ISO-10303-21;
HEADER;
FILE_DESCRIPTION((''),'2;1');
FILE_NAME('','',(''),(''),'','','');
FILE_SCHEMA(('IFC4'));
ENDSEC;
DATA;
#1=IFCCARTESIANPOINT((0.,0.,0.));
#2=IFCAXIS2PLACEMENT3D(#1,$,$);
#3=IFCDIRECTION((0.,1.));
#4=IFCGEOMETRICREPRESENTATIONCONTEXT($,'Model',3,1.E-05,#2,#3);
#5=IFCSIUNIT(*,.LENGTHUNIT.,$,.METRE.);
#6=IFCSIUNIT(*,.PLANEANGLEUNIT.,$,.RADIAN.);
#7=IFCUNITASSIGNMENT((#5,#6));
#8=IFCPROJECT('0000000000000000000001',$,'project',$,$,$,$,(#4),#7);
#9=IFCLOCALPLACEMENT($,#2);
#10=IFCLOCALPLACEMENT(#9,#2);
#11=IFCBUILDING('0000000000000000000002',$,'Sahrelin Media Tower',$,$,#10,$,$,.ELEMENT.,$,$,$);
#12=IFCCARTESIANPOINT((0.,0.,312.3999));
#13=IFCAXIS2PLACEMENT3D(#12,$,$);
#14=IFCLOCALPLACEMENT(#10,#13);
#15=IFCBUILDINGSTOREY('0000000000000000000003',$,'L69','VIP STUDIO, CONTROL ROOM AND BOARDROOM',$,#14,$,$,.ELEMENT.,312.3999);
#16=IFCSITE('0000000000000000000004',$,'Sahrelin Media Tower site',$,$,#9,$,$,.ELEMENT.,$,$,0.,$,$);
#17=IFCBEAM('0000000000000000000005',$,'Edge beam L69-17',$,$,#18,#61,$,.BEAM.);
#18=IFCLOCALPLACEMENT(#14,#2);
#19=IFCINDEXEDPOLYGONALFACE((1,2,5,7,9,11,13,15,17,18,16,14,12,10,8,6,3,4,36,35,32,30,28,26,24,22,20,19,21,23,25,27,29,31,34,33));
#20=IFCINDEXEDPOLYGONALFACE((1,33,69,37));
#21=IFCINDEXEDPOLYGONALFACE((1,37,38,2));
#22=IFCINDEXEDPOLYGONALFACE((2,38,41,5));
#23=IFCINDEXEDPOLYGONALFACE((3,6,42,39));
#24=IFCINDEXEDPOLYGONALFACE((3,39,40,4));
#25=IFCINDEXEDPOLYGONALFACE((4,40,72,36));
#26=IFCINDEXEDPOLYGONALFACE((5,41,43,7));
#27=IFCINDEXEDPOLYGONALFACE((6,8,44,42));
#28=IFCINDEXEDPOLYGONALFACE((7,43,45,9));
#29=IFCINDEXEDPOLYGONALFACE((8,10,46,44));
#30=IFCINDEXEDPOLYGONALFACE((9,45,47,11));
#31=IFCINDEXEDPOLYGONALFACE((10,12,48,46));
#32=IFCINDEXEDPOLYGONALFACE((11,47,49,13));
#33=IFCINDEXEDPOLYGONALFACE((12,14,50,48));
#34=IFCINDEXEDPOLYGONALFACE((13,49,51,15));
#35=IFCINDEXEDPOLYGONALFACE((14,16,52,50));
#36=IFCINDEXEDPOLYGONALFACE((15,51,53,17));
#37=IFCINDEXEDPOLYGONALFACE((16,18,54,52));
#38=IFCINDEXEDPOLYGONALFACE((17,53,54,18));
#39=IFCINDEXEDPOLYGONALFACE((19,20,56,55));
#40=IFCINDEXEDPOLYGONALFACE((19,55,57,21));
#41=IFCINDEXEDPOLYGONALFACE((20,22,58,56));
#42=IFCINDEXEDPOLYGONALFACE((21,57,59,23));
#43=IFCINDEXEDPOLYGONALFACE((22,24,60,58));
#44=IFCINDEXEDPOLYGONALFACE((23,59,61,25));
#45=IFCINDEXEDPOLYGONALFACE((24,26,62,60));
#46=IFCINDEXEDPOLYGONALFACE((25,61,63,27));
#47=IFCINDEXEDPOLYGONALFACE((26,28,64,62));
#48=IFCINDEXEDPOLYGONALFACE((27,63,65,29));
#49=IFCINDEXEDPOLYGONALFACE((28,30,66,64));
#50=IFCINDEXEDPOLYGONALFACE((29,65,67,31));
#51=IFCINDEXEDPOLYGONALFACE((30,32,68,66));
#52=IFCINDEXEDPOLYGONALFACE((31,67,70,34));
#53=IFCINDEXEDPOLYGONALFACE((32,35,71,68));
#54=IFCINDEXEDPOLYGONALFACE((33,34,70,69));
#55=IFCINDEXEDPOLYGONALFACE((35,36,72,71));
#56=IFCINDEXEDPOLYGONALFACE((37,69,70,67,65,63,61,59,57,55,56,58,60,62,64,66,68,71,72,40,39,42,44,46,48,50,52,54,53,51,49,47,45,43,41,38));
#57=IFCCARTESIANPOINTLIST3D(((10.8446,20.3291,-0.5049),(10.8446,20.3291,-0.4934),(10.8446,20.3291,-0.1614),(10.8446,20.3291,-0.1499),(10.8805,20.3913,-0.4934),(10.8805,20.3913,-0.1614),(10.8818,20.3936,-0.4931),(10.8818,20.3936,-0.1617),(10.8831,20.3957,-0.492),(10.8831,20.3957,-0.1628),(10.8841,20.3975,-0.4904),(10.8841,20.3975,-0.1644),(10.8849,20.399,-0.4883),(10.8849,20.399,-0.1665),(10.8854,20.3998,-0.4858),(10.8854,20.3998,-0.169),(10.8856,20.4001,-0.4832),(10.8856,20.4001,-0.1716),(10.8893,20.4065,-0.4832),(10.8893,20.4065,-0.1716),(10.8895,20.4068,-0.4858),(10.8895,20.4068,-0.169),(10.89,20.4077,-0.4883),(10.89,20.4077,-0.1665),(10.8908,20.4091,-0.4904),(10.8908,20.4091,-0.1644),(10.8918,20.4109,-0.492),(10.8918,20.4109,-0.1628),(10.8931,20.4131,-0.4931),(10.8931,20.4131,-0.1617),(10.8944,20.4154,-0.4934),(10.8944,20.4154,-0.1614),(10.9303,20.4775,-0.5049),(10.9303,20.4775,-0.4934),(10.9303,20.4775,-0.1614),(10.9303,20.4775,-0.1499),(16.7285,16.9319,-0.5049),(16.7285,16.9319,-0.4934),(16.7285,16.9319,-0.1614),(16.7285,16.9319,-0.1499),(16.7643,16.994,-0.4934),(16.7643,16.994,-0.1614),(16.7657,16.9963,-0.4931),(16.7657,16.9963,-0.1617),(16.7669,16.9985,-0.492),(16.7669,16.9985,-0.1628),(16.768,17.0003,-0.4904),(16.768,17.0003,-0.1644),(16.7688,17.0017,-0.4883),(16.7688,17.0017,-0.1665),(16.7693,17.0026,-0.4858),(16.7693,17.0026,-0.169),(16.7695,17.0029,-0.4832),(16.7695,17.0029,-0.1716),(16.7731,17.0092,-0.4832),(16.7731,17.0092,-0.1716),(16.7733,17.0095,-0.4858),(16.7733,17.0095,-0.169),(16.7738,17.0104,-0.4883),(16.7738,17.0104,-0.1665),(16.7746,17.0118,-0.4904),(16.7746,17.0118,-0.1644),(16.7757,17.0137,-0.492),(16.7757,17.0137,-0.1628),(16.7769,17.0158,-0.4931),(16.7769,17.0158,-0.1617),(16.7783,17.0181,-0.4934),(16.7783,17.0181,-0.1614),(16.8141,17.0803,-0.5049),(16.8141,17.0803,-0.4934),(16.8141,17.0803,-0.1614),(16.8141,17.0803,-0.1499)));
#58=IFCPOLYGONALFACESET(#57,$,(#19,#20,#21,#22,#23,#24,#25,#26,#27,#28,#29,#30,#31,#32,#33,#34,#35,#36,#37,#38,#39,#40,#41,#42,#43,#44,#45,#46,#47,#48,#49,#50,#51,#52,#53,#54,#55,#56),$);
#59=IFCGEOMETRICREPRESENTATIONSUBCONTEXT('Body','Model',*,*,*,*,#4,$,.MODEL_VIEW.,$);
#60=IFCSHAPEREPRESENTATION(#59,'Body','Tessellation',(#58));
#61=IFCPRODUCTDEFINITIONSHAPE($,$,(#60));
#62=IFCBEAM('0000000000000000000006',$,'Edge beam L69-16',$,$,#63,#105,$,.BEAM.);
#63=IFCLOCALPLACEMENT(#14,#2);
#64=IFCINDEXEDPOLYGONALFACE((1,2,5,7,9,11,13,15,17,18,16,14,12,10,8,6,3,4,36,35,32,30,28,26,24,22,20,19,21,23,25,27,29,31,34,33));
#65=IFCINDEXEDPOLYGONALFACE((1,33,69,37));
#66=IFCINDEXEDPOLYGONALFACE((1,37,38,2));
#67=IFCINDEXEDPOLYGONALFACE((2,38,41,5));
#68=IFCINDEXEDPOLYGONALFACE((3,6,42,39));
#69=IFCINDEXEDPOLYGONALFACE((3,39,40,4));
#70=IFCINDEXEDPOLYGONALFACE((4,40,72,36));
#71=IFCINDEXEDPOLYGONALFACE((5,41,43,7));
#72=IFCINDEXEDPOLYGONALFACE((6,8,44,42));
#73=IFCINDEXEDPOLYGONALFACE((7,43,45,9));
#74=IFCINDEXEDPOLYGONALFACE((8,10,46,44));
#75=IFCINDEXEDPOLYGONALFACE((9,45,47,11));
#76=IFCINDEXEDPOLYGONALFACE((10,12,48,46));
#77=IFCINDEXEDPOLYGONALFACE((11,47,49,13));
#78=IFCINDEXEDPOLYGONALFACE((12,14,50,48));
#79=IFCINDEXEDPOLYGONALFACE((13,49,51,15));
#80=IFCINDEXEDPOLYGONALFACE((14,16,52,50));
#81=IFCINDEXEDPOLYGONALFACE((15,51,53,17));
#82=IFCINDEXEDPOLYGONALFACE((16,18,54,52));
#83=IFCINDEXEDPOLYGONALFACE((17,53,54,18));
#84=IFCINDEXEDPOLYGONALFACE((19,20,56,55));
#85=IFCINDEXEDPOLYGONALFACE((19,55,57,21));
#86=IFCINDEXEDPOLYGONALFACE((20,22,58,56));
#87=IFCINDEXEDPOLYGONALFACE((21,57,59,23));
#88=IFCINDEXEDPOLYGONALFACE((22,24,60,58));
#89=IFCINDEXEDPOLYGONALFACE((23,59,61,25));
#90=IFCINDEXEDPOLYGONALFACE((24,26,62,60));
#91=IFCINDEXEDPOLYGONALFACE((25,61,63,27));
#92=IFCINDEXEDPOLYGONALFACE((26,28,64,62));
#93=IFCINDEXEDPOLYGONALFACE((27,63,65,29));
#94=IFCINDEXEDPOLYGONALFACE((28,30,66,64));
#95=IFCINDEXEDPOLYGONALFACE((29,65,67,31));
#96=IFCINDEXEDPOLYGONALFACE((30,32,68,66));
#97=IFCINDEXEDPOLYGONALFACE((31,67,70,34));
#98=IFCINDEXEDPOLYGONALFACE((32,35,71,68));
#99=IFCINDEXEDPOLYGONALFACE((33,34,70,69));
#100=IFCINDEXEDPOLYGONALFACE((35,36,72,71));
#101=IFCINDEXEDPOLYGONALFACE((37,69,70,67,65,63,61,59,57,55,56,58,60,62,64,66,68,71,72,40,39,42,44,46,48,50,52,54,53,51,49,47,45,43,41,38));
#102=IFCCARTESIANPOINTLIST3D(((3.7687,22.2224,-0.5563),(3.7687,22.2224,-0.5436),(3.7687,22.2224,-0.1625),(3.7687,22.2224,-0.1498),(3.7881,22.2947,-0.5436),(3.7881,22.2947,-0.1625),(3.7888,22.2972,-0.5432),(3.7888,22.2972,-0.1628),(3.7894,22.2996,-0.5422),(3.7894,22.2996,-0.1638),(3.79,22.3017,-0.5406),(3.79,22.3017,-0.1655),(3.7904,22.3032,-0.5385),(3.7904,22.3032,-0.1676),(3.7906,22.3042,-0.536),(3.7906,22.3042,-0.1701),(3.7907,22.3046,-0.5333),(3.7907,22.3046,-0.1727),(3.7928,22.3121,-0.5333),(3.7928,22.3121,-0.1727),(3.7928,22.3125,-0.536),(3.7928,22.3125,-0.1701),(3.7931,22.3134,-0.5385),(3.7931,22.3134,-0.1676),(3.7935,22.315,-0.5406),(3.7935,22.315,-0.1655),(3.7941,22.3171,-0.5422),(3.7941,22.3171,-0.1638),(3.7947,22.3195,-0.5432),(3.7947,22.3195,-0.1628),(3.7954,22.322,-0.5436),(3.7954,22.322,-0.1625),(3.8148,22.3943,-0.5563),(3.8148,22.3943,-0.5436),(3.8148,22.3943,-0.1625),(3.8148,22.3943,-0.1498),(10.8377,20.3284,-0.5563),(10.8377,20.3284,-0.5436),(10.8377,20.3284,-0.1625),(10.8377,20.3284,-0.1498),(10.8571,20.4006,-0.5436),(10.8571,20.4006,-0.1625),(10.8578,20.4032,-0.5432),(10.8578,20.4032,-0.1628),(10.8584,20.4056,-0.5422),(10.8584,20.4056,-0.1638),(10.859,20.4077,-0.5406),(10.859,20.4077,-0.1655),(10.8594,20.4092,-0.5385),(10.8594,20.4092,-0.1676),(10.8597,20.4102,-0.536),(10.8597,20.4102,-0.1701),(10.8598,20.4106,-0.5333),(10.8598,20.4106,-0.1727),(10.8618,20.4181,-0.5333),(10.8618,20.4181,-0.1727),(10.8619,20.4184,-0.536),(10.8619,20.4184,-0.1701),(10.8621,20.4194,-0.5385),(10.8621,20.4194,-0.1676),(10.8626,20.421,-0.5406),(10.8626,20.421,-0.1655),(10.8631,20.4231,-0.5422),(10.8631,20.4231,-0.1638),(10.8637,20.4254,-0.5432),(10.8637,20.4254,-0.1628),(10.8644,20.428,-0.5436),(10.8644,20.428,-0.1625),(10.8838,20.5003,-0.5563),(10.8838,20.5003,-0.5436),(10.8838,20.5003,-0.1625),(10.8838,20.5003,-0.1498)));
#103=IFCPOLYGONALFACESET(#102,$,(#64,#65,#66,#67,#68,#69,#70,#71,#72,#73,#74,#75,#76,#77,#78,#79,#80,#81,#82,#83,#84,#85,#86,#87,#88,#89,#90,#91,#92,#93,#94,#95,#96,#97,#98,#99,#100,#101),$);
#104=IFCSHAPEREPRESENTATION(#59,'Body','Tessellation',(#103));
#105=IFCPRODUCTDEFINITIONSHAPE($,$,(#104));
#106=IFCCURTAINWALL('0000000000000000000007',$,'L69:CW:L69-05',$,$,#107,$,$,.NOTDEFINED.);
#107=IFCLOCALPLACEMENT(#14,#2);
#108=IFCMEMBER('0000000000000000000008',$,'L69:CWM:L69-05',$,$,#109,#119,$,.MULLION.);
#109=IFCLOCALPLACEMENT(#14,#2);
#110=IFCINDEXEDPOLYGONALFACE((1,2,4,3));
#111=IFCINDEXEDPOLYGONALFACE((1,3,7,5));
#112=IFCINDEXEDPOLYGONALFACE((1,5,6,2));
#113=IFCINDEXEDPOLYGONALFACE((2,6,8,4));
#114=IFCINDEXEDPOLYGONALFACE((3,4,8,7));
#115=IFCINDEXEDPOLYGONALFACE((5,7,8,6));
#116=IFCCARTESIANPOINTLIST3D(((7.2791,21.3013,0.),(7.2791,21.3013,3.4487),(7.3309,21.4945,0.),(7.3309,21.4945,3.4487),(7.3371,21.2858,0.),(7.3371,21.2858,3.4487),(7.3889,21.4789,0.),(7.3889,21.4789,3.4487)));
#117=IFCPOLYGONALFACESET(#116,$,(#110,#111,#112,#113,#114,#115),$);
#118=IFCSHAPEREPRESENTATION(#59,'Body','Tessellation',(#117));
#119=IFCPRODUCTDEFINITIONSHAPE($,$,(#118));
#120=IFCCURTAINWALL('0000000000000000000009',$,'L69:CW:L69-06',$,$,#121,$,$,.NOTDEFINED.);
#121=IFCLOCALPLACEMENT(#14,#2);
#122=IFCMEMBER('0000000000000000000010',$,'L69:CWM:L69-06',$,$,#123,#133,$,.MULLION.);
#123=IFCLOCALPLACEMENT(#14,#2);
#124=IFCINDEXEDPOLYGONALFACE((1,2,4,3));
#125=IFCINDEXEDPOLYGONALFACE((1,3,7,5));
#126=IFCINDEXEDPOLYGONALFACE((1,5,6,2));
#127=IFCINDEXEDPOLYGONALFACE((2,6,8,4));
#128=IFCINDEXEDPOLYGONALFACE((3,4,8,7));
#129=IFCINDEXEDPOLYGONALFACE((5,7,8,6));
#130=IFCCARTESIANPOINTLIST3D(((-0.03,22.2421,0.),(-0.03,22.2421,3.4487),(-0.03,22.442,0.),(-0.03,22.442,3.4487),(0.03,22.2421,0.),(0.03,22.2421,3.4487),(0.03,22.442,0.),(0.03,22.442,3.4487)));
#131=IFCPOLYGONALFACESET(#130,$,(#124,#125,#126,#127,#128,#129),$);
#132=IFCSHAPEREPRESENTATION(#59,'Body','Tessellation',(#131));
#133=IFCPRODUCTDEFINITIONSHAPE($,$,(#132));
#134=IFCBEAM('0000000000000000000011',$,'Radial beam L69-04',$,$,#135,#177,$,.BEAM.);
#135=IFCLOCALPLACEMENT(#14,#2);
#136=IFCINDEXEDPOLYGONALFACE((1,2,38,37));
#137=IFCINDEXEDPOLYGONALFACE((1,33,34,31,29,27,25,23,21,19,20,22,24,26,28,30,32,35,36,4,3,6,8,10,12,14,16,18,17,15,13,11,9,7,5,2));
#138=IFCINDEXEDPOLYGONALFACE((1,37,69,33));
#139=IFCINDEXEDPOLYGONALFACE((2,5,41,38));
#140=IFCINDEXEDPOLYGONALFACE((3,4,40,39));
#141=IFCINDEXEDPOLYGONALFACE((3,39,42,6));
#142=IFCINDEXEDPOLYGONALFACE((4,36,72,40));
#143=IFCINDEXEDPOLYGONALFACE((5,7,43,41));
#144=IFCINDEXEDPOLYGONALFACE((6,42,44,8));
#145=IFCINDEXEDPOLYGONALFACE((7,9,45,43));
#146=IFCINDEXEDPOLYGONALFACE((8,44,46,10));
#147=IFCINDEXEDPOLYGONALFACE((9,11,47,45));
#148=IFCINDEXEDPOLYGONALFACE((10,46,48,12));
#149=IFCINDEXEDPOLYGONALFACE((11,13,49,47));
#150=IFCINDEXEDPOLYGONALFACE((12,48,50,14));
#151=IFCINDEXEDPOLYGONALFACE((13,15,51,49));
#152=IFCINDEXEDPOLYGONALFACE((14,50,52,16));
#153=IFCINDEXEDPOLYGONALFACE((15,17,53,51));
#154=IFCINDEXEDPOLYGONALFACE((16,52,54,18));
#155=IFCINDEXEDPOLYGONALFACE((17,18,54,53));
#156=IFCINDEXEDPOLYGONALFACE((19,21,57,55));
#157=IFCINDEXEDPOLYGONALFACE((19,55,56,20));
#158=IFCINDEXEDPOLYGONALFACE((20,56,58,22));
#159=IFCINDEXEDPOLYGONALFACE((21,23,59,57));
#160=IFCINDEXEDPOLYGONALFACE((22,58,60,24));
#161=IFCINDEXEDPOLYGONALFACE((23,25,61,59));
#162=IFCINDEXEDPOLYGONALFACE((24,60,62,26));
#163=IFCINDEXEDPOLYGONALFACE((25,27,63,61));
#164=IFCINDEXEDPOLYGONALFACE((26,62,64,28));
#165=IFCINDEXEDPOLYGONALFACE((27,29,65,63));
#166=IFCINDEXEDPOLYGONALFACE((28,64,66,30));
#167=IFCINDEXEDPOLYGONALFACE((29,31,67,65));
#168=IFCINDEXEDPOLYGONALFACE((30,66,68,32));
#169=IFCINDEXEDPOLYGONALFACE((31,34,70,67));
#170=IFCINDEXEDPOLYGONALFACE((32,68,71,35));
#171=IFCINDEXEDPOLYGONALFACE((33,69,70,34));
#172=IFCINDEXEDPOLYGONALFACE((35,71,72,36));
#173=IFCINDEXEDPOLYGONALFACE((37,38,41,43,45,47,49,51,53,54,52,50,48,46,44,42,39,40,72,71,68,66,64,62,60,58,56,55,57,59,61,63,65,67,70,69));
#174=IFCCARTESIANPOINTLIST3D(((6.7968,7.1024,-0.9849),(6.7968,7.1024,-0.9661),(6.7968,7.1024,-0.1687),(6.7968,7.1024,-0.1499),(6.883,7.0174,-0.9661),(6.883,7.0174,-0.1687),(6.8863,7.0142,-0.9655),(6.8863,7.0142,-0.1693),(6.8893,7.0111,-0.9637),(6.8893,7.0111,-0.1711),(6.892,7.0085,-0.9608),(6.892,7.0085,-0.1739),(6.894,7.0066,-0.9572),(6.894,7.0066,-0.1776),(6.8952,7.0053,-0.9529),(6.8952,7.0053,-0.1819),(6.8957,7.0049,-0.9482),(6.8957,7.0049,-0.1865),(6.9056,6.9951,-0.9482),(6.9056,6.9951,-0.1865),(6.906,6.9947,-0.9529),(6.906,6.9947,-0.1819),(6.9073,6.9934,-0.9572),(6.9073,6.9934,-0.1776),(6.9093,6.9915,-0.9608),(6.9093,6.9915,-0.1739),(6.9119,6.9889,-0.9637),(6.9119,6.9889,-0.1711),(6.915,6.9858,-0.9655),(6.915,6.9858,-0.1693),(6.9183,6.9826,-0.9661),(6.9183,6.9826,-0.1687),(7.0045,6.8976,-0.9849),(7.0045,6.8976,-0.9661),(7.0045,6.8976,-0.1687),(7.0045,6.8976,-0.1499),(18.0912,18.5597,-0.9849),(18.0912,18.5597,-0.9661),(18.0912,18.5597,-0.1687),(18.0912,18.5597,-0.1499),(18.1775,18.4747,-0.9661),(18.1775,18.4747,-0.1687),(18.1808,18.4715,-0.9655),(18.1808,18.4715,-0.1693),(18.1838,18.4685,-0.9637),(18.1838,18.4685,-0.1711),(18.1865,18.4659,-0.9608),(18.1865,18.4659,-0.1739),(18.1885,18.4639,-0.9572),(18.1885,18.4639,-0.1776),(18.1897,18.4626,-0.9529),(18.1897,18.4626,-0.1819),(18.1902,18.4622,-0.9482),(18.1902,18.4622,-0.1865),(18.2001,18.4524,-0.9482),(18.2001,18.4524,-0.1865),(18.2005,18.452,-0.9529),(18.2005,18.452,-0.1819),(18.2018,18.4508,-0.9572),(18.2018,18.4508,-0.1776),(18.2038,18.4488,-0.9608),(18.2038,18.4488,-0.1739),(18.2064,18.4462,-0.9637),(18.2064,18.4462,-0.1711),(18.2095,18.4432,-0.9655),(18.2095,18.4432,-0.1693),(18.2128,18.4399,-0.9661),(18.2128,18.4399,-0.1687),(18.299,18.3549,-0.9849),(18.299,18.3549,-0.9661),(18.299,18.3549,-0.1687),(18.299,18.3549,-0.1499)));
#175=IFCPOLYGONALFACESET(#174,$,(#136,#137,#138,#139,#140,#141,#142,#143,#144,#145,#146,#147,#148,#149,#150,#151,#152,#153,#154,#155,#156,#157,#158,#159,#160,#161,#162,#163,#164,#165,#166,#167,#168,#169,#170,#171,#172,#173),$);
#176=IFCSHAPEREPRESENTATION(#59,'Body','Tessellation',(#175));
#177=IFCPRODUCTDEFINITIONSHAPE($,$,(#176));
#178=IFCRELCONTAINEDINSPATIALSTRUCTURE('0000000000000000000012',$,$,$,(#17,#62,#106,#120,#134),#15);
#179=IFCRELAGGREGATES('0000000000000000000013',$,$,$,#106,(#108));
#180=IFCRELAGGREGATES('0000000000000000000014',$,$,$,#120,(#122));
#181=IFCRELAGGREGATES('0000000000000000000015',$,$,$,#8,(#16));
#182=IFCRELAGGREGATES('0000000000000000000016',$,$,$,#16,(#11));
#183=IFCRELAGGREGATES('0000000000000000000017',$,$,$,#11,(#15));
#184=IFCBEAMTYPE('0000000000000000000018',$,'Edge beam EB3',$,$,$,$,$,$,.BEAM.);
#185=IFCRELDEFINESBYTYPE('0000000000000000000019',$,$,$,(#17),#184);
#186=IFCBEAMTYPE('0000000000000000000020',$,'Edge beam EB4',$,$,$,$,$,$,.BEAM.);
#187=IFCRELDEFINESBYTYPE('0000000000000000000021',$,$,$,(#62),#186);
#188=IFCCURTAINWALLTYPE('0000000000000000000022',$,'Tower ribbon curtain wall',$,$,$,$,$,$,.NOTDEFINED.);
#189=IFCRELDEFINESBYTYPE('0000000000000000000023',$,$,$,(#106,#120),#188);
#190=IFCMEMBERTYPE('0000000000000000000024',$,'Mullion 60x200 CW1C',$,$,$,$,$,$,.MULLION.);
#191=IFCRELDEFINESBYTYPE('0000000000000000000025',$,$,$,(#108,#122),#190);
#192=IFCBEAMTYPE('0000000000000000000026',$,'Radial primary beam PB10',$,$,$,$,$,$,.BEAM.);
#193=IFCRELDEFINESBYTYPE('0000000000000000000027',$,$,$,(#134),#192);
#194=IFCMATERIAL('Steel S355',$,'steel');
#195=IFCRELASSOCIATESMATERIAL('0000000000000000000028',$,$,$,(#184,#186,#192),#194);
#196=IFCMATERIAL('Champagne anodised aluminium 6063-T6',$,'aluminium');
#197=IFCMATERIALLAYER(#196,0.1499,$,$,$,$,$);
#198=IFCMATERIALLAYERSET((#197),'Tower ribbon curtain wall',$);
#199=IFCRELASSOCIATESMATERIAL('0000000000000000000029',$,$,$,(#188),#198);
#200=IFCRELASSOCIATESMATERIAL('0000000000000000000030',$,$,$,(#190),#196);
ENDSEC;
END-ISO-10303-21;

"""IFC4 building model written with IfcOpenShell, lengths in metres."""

from ifc_helpers import new_model, si_unit, direction, frame, origin, origin_2d, place, context, subcontext, project, spatial, rectangle, i_section, extrude, material, layer, layer_set, material_profile, profile_set, type_object, element, aggregate, save


model = new_model("IFC4")

# Units and contexts
model_context = context("Model", 3, precision=1e-05, world=origin(), true_north=direction((0.0, 1.0)))
body_context = subcontext(model_context, "Body", "Model", "MODEL_VIEW")
ifc_project = project(units=[si_unit("LENGTHUNIT", "METRE"), si_unit("PLANEANGLEUNIT", "RADIAN")], contexts=[model_context])

# Site, building, storey
site_placement = place(None, origin())
site = spatial("IfcSite", under=ifc_project, at=site_placement, Name="Sahrelin Media Tower site", CompositionType="ELEMENT", RefElevation=0.0)
building_placement = place(site_placement, origin())
building = spatial("IfcBuilding", under=site, at=building_placement, Name="Sahrelin Media Tower", CompositionType="ELEMENT")
storey_placement = place(building_placement, frame((0.0, 0.0, 312.3999)))
storey = spatial("IfcBuildingStorey", under=building, at=storey_placement, Name="L69", Description="VIP STUDIO, CONTROL ROOM AND BOARDROOM", CompositionType="ELEMENT", Elevation=312.3999)

# Beams
ifc_material_1 = material(Name="Steel S355", Category="steel")
ifc_material_profile_1 = material_profile(ifc_material_1, i_section(OverallWidth=0.1714, OverallDepth=0.355, WebThickness=0.0073, FlangeThickness=0.0115, FilletRadius=0.0103, at=origin_2d()), Name="UB 356x171x51")
ifc_profile_set_1 = profile_set([ifc_material_profile_1], Name="Steel S355")
beam_type_1 = type_object("IfcBeamType", Name="Edge beam EB3", PredefinedType="BEAM", material=ifc_profile_set_1)
beam_1_placement = place(storey_placement, frame((10.8875, 20.4033, -0.3274), z_axis=(0.866012, -0.500023, 0.0), x_axis=(0.500023, 0.866012, 0.0)))
element("IfcBeam", 1, at=beam_1_placement, inside=storey, type_object=beam_type_1, Name="Edge beam L69-17", PredefinedType="BEAM", context=body_context, shape_type="SweptSolid", body=[
    extrude(i_section(OverallWidth=0.1714, OverallDepth=0.355, WebThickness=0.0073, FlangeThickness=0.0115, FilletRadius=0.0103, at=origin_2d()), origin(), (0.0, 0.0, 1.0), 6.7942),
])
ifc_material_profile_2 = material_profile(ifc_material_1, i_section(OverallWidth=0.178, OverallDepth=0.4065, WebThickness=0.0078, FlangeThickness=0.0127, FilletRadius=0.0103, at=origin_2d()), Name="UB 406x178x60")
ifc_profile_set_2 = profile_set([ifc_material_profile_2], Name="Steel S355")
beam_type_2 = type_object("IfcBeamType", Name="Edge beam EB4", PredefinedType="BEAM", material=ifc_profile_set_2)
beam_2_placement = place(storey_placement, frame((3.7917, 22.3083, -0.353), z_axis=(0.96593, -0.258804, 0.0), x_axis=(0.258804, 0.96593, 0.0)))
element("IfcBeam", 2, at=beam_2_placement, inside=storey, type_object=beam_type_2, Name="Edge beam L69-16", PredefinedType="BEAM", context=body_context, shape_type="SweptSolid", body=[
    extrude(i_section(OverallWidth=0.178, OverallDepth=0.4065, WebThickness=0.0078, FlangeThickness=0.0127, FilletRadius=0.0103, at=origin_2d()), origin(), (0.0, 0.0, 1.0), 7.3184),
])

# Curtain walls, members
ifc_material_2 = material(Name="Champagne anodised aluminium 6063-T6", Category="aluminium")
ifc_layer_1 = layer(ifc_material_2, 0.1499)
ifc_layer_set_1 = layer_set([ifc_layer_1], Name="Tower ribbon curtain wall")
curtain_wall_type = type_object("IfcCurtainWallType", Name="Tower ribbon curtain wall", PredefinedType="NOTDEFINED", material=ifc_layer_set_1)
curtain_wall_1_placement = place(storey_placement, frame((7.3652, 21.5061, 0.0), z_axis=(0.0, 0.0, 1.0), x_axis=(1.0, 0.0, 0.0)))
curtain_wall_1 = element("IfcCurtainWall", 3, at=curtain_wall_1_placement, inside=storey, type_object=curtain_wall_type, Name="L69:CW:L69-05", PredefinedType="NOTDEFINED")
ifc_material_profile_3 = material_profile(ifc_material_2, rectangle(XDim=0.0601, YDim=0.2, at=origin_2d()), Name="Mullion 60x200")
ifc_profile_set_3 = profile_set([ifc_material_profile_3], Name="Champagne anodised aluminium 6063-T6")
member_type_1 = type_object("IfcMemberType", Name="Mullion 60x200 CW1C", PredefinedType="MULLION", material=ifc_profile_set_3)
member_1_placement = place(storey_placement, frame((7.334, 21.3901, 0.0), z_axis=(0.0, 0.0, 1.0), x_axis=(-0.965926, 0.258819, 0.0)))
member_1 = element("IfcMember", 4, at=member_1_placement, type_object=member_type_1, Name="L69:CWM:L69-05", PredefinedType="MULLION", context=body_context, shape_type="SweptSolid", body=[
    extrude(rectangle(XDim=0.0601, YDim=0.2, at=origin_2d()), origin(), (0.0, 0.0, 1.0), 3.4487),
])
placement_1 = place(storey_placement, frame((0.0, 22.4622, 0.0), z_axis=(0.0, 0.0, 1.0), x_axis=(1.0, 0.0, 0.0)))
curtain_wall_2 = element("IfcCurtainWall", 5, at=placement_1, inside=storey, type_object=curtain_wall_type, Name="L69:CW:L69-06", PredefinedType="NOTDEFINED")
member_2_placement = place(storey_placement, frame((0.0, 22.342, 0.0), z_axis=(0.0, 0.0, 1.0), x_axis=(-1.0, 0.0, 0.0)))
member_2 = element("IfcMember", 6, at=member_2_placement, type_object=member_type_1, Name="L69:CWM:L69-06", PredefinedType="MULLION", context=body_context, shape_type="SweptSolid", body=[
    extrude(rectangle(XDim=0.0601, YDim=0.2, at=origin_2d()), origin(), (0.0, 0.0, 1.0), 3.4487),
])

# Beam
ifc_material_profile_4 = material_profile(ifc_material_1, i_section(OverallWidth=0.2917, OverallDepth=0.835, WebThickness=0.0139, FlangeThickness=0.0188, FilletRadius=0.0178, at=origin_2d()), Name="UB 838x292x176")
ifc_profile_set_4 = profile_set([ifc_material_profile_4], Name="Steel S355")
beam_type_3 = type_object("IfcBeamType", Name="Radial primary beam PB10", PredefinedType="BEAM", material=ifc_profile_set_4)
beam_3_placement = place(storey_placement, frame((6.9006, 7.0, -0.5674), z_axis=(0.702028, 0.71215, 0.0), x_axis=(-0.71215, 0.702028, 0.0)))
element("IfcBeam", 7, at=beam_3_placement, inside=storey, type_object=beam_type_3, Name="Radial beam L69-04", PredefinedType="BEAM", context=body_context, shape_type="SweptSolid", body=[
    extrude(i_section(OverallWidth=0.2917, OverallDepth=0.835, WebThickness=0.0139, FlangeThickness=0.0188, FilletRadius=0.0178, at=origin_2d()), origin(), (0.0, 0.0, 1.0), 16.0884),
])

aggregate(curtain_wall_1, [member_1])
aggregate(curtain_wall_2, [member_2])

save(model, "model.ifc")
